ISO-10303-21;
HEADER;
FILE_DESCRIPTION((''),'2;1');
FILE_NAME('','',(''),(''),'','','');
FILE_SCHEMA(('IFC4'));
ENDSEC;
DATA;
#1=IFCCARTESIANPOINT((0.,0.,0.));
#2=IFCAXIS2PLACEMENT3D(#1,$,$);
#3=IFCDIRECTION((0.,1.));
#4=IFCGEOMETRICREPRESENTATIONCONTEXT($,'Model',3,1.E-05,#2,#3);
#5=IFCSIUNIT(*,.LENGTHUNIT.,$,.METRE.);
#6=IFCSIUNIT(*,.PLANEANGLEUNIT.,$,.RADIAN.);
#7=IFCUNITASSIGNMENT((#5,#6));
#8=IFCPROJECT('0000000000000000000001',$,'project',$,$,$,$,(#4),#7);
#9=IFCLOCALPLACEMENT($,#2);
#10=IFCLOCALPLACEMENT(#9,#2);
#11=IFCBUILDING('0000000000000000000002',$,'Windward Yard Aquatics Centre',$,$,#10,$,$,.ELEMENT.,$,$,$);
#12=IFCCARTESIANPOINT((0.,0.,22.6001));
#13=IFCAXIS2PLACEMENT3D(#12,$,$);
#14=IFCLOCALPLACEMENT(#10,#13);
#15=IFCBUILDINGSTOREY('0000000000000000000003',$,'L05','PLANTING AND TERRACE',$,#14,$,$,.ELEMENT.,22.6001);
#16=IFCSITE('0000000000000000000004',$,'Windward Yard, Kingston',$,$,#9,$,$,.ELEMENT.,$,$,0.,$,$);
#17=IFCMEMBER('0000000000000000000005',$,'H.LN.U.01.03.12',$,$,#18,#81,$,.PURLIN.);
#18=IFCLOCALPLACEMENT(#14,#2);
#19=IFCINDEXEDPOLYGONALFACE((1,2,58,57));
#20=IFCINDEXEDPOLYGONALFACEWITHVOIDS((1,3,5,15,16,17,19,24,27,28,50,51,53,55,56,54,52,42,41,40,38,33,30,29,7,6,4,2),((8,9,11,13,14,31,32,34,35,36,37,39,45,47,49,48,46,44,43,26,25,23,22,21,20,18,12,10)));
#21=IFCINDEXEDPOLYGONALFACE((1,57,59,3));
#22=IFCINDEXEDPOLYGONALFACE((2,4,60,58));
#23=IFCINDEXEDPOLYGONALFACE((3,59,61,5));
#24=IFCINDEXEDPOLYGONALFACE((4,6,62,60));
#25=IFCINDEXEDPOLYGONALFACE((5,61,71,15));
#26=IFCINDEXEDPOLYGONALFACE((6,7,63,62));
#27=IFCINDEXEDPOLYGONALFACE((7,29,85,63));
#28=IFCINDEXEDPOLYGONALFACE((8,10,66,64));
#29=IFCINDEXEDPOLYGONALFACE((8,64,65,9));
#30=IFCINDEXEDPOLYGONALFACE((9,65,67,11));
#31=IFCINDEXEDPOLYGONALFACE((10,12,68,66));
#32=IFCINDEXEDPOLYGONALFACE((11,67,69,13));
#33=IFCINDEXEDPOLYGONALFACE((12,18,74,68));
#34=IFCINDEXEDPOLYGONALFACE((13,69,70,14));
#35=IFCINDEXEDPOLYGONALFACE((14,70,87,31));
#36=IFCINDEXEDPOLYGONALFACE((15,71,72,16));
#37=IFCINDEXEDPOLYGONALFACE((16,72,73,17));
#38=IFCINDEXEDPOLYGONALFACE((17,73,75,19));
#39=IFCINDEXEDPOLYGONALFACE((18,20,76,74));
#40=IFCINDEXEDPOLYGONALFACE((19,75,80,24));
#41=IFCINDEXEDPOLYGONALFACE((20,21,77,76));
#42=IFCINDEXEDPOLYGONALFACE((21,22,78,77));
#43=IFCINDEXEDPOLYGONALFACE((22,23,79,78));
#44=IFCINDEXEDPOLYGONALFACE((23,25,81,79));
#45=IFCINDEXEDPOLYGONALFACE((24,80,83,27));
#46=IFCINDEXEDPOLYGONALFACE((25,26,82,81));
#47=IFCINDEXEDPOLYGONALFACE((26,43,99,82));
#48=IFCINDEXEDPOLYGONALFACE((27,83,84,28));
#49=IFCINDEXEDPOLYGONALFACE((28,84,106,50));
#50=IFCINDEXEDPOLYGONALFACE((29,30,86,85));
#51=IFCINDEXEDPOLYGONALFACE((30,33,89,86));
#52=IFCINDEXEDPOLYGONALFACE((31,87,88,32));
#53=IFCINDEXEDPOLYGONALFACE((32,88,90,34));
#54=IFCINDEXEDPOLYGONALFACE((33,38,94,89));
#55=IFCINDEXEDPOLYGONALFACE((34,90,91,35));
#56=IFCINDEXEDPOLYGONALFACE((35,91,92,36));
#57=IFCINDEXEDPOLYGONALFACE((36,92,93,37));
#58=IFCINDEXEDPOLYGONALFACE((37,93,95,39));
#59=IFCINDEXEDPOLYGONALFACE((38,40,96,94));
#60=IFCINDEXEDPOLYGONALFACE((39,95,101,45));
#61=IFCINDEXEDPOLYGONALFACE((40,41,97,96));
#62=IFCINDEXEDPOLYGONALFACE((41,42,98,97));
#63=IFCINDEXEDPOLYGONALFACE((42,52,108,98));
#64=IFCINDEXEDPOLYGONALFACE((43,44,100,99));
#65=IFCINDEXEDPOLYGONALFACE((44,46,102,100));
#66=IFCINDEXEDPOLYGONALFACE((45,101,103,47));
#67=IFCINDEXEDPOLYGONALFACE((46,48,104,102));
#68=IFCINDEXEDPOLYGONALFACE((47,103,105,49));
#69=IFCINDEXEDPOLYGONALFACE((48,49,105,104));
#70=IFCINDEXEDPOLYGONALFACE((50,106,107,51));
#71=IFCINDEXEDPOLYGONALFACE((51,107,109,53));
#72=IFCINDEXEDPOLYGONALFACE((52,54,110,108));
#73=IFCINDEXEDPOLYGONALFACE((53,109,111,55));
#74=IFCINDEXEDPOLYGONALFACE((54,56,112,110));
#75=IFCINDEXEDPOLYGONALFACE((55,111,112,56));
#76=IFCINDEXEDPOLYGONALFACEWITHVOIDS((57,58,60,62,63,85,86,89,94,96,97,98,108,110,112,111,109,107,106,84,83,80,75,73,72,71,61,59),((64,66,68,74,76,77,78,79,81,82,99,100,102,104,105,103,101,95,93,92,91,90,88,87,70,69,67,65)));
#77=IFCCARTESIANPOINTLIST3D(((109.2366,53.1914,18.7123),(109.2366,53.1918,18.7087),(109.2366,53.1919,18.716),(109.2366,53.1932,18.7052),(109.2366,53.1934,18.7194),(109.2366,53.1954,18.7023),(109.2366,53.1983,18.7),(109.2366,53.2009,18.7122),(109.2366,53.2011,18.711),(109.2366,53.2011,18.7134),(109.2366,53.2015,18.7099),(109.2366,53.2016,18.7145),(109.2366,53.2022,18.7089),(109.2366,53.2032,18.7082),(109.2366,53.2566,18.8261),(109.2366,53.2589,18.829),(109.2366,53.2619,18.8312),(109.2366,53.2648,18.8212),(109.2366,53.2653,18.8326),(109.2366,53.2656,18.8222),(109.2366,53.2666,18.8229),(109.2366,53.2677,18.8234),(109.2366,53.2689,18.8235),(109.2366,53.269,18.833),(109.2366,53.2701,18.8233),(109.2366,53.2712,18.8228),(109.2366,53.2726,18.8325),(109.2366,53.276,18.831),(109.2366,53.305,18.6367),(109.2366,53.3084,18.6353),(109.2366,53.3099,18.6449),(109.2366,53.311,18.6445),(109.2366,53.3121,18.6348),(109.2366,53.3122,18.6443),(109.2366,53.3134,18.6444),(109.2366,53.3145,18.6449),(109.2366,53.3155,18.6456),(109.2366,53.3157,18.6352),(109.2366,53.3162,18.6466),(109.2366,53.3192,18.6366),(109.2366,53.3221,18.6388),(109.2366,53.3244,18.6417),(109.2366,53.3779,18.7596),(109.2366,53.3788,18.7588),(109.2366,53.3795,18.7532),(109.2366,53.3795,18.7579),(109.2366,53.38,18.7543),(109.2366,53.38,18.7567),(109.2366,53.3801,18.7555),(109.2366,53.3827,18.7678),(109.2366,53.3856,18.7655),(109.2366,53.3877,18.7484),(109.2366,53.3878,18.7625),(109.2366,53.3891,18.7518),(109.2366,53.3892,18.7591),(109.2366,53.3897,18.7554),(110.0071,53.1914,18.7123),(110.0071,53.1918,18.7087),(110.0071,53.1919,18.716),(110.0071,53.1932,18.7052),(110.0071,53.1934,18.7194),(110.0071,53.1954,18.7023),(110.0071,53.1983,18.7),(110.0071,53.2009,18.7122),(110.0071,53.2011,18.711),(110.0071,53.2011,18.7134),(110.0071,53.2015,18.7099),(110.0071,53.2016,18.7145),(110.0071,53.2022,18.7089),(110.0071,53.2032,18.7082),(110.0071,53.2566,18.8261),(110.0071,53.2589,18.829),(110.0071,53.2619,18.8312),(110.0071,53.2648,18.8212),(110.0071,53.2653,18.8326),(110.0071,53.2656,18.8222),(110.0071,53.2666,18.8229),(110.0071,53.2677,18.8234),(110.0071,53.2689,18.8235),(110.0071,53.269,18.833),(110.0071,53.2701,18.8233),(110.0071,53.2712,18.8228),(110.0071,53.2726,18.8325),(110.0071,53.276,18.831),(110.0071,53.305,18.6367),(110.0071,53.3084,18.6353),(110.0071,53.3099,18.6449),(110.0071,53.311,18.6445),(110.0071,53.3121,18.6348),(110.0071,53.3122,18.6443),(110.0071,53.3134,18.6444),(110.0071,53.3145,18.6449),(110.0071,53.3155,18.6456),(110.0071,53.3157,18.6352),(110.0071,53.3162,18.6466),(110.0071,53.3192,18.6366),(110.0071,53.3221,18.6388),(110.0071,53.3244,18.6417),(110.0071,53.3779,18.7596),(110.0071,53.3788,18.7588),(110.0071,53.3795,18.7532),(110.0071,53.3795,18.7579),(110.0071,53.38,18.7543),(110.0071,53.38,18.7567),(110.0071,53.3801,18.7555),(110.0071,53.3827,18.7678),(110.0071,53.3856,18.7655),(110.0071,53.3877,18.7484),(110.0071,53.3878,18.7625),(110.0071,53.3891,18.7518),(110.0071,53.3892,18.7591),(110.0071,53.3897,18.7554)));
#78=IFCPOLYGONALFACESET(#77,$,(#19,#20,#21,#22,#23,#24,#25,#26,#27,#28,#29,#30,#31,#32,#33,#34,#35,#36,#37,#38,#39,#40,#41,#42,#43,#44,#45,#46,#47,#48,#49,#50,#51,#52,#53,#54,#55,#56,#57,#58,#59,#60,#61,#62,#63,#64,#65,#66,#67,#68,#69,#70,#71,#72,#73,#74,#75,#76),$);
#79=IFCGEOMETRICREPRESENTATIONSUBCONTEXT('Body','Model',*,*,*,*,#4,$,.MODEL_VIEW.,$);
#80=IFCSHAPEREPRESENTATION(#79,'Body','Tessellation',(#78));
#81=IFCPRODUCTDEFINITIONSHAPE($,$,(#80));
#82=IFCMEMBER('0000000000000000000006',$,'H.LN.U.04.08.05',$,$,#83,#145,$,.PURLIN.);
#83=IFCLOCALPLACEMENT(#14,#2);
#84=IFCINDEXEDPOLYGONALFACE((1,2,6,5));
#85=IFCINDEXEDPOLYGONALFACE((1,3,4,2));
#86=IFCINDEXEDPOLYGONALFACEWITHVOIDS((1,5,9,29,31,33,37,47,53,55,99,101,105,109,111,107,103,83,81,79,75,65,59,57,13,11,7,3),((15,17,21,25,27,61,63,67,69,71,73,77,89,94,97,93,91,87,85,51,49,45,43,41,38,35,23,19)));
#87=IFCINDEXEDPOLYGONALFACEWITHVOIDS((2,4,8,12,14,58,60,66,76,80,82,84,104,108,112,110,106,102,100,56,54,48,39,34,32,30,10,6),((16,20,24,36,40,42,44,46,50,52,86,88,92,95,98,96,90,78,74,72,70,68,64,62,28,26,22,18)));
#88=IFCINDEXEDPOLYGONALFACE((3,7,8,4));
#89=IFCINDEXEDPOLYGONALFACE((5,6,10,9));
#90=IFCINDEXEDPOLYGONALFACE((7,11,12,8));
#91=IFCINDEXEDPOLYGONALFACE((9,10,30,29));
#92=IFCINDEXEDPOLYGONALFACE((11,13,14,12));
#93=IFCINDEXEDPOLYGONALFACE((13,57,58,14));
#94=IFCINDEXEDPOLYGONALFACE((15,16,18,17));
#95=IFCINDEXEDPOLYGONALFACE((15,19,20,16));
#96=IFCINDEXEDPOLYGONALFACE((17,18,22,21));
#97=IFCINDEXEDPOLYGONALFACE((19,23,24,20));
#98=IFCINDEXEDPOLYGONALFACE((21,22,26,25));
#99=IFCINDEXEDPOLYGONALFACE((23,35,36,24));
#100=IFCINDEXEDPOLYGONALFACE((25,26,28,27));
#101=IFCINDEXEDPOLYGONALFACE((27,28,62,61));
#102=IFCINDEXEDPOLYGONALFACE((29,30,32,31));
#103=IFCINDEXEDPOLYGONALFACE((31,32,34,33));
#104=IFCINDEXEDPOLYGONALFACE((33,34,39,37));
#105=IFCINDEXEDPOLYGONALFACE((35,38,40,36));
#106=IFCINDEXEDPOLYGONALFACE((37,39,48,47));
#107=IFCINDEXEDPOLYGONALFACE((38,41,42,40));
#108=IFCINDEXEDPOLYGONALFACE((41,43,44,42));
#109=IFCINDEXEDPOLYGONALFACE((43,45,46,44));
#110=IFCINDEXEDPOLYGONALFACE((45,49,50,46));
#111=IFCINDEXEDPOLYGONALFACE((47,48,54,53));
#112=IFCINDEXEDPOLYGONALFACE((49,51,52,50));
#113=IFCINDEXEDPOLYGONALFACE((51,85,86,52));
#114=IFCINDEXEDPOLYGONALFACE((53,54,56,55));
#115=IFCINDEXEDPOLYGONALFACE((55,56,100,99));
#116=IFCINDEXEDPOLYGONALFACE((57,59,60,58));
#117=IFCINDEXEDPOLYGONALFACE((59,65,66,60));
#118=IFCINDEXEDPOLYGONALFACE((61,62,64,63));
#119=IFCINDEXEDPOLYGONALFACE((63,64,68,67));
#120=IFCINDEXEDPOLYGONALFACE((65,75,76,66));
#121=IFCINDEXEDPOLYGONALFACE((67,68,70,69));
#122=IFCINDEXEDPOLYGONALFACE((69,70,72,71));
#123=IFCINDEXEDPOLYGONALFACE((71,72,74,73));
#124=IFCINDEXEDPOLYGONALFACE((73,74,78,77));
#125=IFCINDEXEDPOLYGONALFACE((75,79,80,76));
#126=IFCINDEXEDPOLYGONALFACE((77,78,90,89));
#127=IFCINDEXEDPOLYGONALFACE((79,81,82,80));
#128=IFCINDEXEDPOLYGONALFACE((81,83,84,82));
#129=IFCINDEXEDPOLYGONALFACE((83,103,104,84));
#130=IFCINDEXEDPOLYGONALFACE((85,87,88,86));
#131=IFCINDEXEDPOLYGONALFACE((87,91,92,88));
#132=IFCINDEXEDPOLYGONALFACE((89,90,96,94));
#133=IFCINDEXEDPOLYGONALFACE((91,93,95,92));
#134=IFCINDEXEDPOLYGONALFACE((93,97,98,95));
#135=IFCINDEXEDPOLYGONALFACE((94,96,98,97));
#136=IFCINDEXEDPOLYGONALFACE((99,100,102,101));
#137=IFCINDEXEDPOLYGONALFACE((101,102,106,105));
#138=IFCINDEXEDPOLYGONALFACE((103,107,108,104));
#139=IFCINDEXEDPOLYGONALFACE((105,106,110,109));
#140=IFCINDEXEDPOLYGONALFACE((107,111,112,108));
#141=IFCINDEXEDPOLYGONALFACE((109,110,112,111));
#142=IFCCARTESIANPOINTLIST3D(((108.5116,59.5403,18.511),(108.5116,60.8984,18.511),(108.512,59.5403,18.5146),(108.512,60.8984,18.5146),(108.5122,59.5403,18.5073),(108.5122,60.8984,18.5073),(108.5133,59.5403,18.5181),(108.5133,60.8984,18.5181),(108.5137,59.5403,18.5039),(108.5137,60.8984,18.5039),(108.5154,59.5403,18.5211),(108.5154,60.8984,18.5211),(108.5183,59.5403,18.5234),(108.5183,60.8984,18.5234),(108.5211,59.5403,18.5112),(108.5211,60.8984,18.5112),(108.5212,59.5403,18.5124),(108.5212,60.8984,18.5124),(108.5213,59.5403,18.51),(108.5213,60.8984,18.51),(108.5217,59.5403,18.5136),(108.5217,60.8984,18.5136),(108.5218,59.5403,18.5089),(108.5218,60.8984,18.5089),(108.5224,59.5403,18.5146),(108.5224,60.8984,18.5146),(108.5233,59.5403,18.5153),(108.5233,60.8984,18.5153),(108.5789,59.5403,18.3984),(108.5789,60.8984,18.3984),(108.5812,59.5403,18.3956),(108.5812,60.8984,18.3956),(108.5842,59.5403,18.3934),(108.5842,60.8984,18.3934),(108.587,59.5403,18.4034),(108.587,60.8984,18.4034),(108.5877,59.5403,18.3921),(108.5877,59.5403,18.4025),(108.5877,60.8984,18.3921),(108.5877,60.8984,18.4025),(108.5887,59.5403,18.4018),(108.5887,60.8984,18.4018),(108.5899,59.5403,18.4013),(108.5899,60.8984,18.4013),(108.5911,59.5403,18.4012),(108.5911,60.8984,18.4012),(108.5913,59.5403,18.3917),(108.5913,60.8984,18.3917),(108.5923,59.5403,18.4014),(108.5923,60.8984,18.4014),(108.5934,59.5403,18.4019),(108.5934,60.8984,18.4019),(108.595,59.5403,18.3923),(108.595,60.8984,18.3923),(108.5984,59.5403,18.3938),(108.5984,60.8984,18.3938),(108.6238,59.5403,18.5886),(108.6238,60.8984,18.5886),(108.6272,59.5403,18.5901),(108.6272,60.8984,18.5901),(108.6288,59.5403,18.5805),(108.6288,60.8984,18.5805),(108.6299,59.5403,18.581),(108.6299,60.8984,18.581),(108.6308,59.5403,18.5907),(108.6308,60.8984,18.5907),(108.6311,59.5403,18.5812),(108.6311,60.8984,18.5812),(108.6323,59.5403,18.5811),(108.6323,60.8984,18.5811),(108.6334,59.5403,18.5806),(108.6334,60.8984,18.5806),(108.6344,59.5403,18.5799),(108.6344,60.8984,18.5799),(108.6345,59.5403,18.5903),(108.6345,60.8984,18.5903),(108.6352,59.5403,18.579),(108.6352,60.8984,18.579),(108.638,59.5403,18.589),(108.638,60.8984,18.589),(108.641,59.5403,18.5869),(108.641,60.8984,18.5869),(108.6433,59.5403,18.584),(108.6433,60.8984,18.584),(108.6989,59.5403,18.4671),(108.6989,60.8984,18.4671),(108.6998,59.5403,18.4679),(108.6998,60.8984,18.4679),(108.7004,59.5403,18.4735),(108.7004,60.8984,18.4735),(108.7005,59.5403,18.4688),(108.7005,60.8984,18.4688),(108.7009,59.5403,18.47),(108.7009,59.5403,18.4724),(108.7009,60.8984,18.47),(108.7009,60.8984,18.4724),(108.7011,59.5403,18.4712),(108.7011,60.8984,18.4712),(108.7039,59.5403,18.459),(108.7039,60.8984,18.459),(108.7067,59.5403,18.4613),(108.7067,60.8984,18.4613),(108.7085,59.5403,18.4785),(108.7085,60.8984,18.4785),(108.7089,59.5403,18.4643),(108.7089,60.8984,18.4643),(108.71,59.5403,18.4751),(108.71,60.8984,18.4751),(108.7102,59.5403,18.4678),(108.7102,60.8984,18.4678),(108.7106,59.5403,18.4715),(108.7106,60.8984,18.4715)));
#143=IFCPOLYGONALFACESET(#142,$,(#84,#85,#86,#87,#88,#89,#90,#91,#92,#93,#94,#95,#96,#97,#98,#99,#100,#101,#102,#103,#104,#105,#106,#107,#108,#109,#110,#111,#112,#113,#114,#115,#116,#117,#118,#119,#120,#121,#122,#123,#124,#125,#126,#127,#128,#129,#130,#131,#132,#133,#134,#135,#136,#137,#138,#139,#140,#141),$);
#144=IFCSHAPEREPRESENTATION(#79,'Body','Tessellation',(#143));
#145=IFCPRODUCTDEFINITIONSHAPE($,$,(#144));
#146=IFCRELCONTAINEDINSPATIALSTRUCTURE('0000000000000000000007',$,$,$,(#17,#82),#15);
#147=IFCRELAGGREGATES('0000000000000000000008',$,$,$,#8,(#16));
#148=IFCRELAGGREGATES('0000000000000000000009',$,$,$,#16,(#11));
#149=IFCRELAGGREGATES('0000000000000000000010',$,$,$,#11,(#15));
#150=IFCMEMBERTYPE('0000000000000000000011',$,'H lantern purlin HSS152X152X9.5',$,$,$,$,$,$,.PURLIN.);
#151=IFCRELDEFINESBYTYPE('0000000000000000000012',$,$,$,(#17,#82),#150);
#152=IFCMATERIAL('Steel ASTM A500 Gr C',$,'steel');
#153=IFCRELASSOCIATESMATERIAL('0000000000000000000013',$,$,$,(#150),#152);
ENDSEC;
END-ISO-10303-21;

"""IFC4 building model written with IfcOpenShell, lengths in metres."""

from ifc_helpers import new_model, si_unit, direction, frame, origin, origin_2d, place, context, subcontext, project, spatial, hollow_rectangle, extrude, material, material_profile, profile_set, type_object, element, save


model = new_model("IFC4")

# Units and contexts
model_context = context("Model", 3, precision=1e-05, world=origin(), true_north=direction((0.0, 1.0)))
body_context = subcontext(model_context, "Body", "Model", "MODEL_VIEW")
ifc_project = project(units=[si_unit("LENGTHUNIT", "METRE"), si_unit("PLANEANGLEUNIT", "RADIAN")], contexts=[model_context])

# Site, building, storey
site_placement = place(None, origin())
site = spatial("IfcSite", under=ifc_project, at=site_placement, Name="Windward Yard, Kingston", CompositionType="ELEMENT", RefElevation=0.0)
building_placement = place(site_placement, origin())
building = spatial("IfcBuilding", under=site, at=building_placement, Name="Windward Yard Aquatics Centre", CompositionType="ELEMENT")
storey_placement = place(building_placement, frame((0.0, 0.0, 22.6001)))
storey = spatial("IfcBuildingStorey", under=building, at=storey_placement, Name="L05", Description="PLANTING AND TERRACE", CompositionType="ELEMENT", Elevation=22.6001)

# Members
ifc_material_1 = material(Name="Steel ASTM A500 Gr C", Category="steel")
ifc_material_profile = material_profile(ifc_material_1, hollow_rectangle(XDim=0.1523, YDim=0.1523, WallThickness=0.0095, InnerFilletRadius=0.0046, OuterFilletRadius=0.0142, at=origin_2d()), Name="HSS152X152X9.5")
ifc_profile_set = profile_set([ifc_material_profile], Name="Steel ASTM A500 Gr C")
member_type = type_object("IfcMemberType", Name="H lantern purlin HSS152X152X9.5", PredefinedType="PURLIN", material=ifc_profile_set)
member_1_placement = place(storey_placement, frame((110.0071, 53.2905, 18.7339), z_axis=(-1.0, 0.0, 0.0), x_axis=(0.0, -0.51012, -0.860103)))
element("IfcMember", 1, at=member_1_placement, inside=storey, type_object=member_type, Name="H.LN.U.01.03.12", PredefinedType="PURLIN", context=body_context, shape_type="SweptSolid", body=[
    extrude(hollow_rectangle(XDim=0.1523, YDim=0.1523, WallThickness=0.0095, InnerFilletRadius=0.0046, OuterFilletRadius=0.0142, at=origin_2d()), origin(), (0.0, 0.0, 1.0), 0.7705),
])
member_2_placement = place(storey_placement, frame((108.6111, 59.5403, 18.4912), z_axis=(0.0, 1.0, 0.0), x_axis=(-0.850755, 0.0, -0.525562)))
element("IfcMember", 2, at=member_2_placement, inside=storey, type_object=member_type, Name="H.LN.U.04.08.05", PredefinedType="PURLIN", context=body_context, shape_type="SweptSolid", body=[
    extrude(hollow_rectangle(XDim=0.1523, YDim=0.1523, WallThickness=0.0095, InnerFilletRadius=0.0046, OuterFilletRadius=0.0142, at=origin_2d()), origin(), (0.0, 0.0, 1.0), 1.3582),
])

save(model, "model.ifc")
